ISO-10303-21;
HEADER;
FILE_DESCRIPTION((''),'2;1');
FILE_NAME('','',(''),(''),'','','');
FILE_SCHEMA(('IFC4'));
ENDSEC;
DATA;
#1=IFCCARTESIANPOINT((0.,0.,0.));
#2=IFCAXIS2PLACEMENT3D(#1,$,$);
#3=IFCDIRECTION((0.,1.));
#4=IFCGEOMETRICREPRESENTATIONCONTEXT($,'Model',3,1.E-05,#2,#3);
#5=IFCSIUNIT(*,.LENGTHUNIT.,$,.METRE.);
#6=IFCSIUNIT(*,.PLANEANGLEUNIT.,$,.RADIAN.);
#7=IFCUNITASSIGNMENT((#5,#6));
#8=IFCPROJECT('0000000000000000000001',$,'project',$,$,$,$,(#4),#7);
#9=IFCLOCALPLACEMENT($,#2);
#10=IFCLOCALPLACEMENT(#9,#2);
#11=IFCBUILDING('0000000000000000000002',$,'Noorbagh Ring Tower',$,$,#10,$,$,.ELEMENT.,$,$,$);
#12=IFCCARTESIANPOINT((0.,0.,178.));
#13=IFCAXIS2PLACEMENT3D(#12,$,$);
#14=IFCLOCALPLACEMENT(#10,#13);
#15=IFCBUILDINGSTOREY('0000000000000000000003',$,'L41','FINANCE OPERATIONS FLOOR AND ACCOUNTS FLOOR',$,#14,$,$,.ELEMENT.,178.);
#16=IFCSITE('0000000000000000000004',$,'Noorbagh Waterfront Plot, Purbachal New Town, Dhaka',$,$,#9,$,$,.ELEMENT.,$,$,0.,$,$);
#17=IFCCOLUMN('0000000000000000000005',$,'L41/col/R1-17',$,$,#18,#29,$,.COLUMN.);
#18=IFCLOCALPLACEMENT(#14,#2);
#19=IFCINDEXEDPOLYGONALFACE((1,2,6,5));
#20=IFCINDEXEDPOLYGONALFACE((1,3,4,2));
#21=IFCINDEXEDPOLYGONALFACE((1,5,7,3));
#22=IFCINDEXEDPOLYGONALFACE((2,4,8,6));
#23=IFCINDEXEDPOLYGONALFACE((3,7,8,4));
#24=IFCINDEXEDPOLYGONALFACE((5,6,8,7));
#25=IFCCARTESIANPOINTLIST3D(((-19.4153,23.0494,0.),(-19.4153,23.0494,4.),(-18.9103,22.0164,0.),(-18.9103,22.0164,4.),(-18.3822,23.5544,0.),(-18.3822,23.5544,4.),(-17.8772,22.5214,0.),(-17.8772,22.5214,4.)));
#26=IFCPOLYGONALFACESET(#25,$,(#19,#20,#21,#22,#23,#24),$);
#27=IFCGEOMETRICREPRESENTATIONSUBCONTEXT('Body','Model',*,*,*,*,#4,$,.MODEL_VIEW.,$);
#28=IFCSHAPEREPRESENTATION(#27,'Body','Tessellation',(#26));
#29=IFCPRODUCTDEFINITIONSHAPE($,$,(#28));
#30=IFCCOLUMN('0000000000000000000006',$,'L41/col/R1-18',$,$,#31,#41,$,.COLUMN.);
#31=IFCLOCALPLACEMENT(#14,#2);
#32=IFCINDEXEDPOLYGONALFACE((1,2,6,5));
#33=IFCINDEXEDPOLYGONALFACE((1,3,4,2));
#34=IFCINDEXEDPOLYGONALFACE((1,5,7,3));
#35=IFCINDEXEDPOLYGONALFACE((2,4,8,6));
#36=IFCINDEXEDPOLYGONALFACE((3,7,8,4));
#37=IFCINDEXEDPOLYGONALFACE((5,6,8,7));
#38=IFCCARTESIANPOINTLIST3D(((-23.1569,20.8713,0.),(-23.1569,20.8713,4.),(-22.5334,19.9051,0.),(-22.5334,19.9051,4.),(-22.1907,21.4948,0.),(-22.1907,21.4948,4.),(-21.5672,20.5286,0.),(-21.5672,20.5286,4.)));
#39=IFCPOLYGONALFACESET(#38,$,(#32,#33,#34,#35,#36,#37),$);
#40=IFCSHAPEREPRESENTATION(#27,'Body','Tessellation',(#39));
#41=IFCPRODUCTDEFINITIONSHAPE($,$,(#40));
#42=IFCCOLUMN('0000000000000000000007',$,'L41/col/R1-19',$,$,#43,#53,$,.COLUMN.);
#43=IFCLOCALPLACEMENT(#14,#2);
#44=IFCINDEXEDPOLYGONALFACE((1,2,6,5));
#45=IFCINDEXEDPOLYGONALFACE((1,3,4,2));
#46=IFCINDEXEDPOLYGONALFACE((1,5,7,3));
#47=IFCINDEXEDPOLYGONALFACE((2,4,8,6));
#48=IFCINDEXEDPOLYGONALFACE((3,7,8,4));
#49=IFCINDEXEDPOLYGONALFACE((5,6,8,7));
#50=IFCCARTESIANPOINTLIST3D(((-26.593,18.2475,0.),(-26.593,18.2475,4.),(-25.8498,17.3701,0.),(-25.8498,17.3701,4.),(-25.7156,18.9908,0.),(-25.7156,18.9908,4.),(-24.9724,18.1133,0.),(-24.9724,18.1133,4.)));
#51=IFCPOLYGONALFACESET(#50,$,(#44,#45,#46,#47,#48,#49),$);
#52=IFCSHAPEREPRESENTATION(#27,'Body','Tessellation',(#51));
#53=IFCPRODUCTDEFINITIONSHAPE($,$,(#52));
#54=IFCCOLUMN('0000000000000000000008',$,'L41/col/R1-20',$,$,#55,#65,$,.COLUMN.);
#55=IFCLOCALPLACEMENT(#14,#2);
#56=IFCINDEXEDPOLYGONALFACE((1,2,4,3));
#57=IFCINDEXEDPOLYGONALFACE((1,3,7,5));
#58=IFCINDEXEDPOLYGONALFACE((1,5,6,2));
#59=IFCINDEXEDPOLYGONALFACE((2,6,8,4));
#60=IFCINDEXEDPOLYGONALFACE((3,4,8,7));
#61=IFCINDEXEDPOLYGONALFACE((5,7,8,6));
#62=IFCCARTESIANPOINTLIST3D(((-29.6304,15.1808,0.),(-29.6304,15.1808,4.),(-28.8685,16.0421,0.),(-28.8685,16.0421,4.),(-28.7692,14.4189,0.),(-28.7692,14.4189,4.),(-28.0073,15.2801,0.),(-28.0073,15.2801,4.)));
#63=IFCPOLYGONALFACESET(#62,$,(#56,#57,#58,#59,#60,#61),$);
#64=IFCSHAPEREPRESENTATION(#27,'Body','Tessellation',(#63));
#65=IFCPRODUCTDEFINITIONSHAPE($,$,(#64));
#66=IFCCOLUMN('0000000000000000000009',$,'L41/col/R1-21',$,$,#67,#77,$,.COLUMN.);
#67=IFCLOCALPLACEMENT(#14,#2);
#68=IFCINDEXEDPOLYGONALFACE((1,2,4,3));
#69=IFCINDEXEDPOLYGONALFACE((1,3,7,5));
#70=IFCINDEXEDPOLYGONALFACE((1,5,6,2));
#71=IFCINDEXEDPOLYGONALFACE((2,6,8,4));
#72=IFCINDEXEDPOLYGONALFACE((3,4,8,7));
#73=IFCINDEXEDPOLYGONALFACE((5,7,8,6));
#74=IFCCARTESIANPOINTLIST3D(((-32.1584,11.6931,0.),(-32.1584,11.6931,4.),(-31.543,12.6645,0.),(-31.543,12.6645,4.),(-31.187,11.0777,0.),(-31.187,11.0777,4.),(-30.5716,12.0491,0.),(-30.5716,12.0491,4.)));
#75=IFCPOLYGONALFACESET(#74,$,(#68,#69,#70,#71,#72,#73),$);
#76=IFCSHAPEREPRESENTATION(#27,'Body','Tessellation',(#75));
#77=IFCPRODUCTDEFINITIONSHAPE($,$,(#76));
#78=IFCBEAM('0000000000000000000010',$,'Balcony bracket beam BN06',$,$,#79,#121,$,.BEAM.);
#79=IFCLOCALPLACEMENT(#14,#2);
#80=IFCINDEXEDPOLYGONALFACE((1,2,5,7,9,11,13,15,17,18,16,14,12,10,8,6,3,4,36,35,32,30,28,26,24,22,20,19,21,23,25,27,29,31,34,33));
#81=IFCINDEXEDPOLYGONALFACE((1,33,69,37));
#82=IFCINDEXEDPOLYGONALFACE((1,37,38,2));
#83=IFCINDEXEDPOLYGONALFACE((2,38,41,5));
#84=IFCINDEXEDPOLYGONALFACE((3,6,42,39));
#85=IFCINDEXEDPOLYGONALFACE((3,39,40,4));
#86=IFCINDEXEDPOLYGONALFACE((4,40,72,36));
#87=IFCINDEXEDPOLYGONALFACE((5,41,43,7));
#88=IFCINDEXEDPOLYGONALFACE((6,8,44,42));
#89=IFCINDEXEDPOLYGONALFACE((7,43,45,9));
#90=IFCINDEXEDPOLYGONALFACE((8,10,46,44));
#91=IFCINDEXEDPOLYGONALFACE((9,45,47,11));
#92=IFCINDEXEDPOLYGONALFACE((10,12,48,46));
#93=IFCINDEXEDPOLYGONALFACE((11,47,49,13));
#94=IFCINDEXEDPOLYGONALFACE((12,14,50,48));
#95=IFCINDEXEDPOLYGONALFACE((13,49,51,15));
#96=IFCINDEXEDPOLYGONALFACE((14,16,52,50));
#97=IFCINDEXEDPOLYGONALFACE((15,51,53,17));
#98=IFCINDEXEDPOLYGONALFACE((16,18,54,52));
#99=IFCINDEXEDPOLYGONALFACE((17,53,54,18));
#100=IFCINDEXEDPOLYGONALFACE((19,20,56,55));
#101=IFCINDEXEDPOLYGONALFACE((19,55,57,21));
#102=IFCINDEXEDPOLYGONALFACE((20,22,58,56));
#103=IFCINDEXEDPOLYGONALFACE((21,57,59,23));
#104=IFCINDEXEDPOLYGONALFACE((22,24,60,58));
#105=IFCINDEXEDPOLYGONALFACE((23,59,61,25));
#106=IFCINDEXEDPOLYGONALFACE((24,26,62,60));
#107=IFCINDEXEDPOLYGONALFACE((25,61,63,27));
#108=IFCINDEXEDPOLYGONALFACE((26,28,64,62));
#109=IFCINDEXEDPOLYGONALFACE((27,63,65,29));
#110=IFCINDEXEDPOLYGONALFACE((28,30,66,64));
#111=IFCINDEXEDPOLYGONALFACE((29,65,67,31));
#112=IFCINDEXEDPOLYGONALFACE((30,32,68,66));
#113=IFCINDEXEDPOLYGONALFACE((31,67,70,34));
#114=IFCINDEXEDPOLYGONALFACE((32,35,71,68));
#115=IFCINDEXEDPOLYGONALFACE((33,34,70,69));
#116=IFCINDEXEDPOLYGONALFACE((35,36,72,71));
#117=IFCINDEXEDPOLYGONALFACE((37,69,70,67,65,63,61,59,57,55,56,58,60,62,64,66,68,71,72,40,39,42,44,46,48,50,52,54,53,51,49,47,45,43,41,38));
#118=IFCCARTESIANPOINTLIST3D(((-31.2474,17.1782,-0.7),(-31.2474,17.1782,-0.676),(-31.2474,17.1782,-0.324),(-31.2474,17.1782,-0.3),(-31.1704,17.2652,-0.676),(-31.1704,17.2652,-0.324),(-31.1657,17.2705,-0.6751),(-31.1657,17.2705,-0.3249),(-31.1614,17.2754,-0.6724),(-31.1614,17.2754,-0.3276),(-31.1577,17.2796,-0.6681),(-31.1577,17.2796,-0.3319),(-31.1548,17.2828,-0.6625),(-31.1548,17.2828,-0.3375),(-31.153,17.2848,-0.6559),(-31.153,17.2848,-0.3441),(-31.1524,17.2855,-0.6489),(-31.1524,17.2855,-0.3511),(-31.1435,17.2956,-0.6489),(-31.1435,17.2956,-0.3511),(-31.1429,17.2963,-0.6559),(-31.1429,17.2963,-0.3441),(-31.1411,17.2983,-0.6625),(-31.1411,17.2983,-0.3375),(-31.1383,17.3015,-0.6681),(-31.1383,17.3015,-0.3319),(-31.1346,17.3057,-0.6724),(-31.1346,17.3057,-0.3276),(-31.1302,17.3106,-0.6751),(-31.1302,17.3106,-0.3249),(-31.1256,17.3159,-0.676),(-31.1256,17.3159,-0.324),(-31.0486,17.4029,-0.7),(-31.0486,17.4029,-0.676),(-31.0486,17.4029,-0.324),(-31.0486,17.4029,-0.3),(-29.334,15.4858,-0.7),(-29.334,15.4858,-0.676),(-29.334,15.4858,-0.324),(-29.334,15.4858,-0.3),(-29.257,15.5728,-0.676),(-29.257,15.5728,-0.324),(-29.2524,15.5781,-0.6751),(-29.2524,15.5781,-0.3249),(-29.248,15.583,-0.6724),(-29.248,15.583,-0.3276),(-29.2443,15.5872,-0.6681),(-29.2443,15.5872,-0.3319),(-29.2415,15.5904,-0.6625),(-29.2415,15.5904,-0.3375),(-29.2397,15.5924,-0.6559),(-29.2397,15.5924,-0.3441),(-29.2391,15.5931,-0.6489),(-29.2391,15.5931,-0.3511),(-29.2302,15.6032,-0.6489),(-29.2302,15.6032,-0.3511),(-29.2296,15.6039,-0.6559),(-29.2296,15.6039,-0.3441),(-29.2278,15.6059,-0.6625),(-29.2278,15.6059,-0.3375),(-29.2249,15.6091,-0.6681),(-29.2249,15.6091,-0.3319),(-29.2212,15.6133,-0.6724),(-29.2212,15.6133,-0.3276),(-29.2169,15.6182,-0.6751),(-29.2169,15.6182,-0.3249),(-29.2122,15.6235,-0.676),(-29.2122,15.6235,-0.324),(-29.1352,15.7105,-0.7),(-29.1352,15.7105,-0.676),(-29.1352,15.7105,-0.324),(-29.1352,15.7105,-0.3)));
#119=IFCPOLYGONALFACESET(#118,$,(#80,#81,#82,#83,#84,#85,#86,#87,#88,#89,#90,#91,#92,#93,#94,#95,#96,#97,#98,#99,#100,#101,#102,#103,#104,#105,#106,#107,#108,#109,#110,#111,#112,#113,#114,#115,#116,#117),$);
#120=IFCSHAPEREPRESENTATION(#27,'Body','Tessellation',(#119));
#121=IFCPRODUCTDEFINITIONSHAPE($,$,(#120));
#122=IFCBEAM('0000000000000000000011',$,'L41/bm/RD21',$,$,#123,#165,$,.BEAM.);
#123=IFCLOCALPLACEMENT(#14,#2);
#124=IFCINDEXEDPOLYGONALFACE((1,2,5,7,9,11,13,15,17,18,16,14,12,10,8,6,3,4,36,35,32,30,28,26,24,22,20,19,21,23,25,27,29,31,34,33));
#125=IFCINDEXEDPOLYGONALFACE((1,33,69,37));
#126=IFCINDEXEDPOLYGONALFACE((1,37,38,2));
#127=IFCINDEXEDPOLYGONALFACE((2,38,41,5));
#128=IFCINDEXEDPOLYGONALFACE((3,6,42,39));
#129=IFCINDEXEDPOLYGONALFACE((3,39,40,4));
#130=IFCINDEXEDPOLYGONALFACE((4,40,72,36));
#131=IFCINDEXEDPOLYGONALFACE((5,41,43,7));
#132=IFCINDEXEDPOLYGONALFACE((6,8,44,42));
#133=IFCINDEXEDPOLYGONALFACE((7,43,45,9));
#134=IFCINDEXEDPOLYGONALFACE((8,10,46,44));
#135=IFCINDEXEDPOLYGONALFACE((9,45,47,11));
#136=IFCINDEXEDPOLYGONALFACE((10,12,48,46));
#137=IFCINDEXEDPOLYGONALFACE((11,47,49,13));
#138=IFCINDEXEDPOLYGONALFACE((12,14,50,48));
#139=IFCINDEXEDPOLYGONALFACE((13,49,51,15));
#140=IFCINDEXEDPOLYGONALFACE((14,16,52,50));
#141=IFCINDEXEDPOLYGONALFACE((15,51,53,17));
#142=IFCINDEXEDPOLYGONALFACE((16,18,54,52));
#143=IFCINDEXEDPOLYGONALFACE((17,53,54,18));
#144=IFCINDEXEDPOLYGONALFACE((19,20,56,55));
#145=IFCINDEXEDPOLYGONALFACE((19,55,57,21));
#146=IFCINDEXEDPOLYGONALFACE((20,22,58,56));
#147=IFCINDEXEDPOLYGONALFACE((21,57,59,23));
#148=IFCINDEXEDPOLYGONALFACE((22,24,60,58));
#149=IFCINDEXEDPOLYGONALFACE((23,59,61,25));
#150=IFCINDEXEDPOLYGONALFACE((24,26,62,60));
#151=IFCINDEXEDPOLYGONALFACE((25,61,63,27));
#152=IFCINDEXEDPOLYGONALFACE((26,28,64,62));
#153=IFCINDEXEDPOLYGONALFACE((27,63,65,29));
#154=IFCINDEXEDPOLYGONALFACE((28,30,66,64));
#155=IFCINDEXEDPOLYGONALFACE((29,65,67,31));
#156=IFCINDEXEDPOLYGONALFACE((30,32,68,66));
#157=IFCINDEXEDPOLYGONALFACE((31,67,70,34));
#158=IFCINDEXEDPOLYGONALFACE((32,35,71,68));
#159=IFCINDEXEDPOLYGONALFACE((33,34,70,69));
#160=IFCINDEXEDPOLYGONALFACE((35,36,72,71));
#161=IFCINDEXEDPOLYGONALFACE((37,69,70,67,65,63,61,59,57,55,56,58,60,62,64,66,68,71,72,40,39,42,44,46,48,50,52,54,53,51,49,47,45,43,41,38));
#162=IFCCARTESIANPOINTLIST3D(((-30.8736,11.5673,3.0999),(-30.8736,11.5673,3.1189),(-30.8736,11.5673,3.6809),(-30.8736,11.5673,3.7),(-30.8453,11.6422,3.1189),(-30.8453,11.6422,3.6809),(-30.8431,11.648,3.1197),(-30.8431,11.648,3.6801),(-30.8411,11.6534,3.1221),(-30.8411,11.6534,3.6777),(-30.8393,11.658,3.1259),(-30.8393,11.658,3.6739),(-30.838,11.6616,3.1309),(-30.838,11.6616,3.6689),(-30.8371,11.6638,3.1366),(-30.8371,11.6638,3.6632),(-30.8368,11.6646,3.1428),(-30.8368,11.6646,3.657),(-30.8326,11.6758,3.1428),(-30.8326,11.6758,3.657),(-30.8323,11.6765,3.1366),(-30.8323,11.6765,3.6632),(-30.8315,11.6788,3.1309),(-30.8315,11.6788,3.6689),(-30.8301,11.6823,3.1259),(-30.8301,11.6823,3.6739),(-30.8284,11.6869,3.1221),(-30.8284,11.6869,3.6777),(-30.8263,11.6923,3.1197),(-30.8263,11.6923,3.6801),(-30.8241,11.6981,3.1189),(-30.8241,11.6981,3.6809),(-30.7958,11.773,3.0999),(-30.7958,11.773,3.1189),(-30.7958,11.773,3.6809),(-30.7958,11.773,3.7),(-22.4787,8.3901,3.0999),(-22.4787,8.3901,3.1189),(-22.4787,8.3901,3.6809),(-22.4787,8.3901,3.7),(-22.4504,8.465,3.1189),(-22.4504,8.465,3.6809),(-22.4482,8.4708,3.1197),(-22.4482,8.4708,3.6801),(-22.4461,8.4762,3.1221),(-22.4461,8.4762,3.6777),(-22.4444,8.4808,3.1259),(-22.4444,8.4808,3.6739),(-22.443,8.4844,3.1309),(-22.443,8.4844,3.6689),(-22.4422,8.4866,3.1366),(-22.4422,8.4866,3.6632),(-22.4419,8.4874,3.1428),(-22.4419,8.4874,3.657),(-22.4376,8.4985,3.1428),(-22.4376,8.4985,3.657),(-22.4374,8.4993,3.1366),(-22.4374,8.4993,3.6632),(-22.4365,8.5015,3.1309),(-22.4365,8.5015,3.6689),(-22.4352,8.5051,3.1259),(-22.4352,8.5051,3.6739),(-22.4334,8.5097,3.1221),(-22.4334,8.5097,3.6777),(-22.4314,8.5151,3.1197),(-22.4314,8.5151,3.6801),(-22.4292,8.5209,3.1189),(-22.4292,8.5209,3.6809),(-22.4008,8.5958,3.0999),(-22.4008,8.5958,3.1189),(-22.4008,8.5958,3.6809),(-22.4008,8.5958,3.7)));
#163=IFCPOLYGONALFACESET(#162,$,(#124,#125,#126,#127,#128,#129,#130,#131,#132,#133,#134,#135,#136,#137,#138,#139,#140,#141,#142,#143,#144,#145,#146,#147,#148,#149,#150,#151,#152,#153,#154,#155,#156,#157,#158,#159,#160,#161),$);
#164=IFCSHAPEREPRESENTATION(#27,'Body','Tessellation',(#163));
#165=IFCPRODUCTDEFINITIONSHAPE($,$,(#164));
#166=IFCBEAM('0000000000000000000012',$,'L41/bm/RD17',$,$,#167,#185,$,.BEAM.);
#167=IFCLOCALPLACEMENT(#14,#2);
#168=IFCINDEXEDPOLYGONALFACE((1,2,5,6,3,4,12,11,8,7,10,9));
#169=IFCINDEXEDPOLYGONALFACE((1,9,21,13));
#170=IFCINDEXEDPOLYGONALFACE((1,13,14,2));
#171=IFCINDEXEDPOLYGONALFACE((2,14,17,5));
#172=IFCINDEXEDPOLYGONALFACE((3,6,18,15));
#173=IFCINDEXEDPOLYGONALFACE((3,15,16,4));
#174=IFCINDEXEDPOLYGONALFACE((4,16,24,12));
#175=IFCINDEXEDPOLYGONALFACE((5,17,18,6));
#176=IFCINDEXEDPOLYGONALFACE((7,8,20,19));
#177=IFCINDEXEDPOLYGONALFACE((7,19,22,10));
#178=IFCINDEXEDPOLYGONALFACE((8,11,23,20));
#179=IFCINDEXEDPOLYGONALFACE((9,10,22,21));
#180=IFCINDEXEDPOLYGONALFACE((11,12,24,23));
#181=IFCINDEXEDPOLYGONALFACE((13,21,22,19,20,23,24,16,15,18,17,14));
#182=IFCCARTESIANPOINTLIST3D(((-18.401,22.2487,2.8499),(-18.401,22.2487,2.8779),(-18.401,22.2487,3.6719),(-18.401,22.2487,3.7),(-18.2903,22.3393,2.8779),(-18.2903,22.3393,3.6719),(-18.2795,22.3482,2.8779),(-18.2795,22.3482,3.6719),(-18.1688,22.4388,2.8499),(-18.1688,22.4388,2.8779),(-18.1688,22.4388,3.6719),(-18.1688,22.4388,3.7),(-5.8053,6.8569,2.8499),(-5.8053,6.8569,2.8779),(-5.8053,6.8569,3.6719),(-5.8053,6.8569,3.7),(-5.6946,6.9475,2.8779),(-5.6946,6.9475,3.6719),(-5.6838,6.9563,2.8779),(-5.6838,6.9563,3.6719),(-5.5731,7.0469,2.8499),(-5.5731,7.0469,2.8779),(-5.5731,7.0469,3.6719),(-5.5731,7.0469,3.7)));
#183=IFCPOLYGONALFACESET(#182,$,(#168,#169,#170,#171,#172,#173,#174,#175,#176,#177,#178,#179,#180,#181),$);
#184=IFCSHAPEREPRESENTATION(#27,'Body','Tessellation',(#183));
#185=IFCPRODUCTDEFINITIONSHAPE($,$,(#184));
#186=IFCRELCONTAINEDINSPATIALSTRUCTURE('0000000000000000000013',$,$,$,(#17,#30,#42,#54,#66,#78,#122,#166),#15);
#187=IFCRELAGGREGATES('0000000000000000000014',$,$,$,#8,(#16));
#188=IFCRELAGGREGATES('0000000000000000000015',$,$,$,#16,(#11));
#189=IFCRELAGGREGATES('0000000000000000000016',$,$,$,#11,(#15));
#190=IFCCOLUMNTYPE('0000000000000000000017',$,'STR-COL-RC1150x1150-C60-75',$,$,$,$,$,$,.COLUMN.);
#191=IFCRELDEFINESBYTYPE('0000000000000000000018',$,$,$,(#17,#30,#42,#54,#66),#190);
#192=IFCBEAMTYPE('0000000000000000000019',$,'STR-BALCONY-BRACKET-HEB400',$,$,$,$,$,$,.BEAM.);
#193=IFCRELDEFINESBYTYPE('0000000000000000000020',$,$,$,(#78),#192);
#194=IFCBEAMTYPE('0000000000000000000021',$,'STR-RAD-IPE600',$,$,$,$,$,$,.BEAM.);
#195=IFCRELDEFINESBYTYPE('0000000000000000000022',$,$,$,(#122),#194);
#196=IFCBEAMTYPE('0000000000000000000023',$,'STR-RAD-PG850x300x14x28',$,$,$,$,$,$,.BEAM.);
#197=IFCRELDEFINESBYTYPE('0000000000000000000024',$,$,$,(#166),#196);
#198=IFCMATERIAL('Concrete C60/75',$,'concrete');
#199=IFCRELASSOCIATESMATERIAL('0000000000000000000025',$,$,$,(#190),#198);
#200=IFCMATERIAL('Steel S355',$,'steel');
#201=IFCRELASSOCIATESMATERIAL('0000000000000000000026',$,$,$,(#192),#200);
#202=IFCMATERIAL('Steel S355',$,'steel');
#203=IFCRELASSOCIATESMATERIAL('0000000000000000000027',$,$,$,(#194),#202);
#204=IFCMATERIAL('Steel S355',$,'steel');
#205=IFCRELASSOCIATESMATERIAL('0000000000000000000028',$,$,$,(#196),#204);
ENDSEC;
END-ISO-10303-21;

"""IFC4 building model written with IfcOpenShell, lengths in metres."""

from ifc_helpers import new_model, si_unit, direction, frame, origin, origin_2d, place, context, subcontext, project, spatial, rectangle, i_section, extrude, material, material_profile, profile_set, type_object, element, save


model = new_model("IFC4")

# Units and contexts
model_context = context("Model", 3, precision=1e-05, world=origin(), true_north=direction((0.0, 1.0)))
body_context = subcontext(model_context, "Body", "Model", "MODEL_VIEW")
ifc_project = project(units=[si_unit("LENGTHUNIT", "METRE"), si_unit("PLANEANGLEUNIT", "RADIAN")], contexts=[model_context])

# Site, building, storey
site_placement = place(None, origin())
site = spatial("IfcSite", under=ifc_project, at=site_placement, Name="Noorbagh Waterfront Plot, Purbachal New Town, Dhaka", CompositionType="ELEMENT", RefElevation=0.0)
building_placement = place(site_placement, origin())
building = spatial("IfcBuilding", under=site, at=building_placement, Name="Noorbagh Ring Tower", CompositionType="ELEMENT")
storey_placement = place(building_placement, frame((0.0, 0.0, 178.0)))
storey = spatial("IfcBuildingStorey", under=building, at=storey_placement, Name="L41", Description="FINANCE OPERATIONS FLOOR AND ACCOUNTS FLOOR", CompositionType="ELEMENT", Elevation=178.0)

# Columns
ifc_material_1 = material(Name="Concrete C60/75", Category="concrete")
ifc_material_profile_1 = material_profile(ifc_material_1, rectangle(XDim=1.1499, YDim=1.1499, at=origin_2d()), Name="RC1150x1150")
ifc_profile_set_1 = profile_set([ifc_material_profile_1], Name="Concrete C60/75")
column_type = type_object("IfcColumnType", Name="STR-COL-RC1150x1150-C60-75", PredefinedType="COLUMN", material=ifc_profile_set_1)
for number, where, z_axis, x_axis, name in (
    (1, (-18.6462, 22.7854, 0.0), (0.0, 0.0, 1.0), (-0.898399, -0.43918, 0.0), "L41/col/R1-17"),
    (2, (-22.3621, 20.7, 0.0), (0.0, 0.0, 1.0), (-0.840248, -0.542203, 0.0), "L41/col/R1-18"),
    (3, (-25.7827, 18.1804, 0.0), (0.0, 0.0, 1.0), (-0.763035, -0.646357, 0.0), "L41/col/R1-19"),
    (4, (-28.8188, 15.2305, 0.0), (0.0, 0.0, 1.0), (-0.662636, -0.748942, 0.0), "L41/col/R1-20"),
    (5, (-31.365, 11.8711, 0.0), (0.0, 0.0, 1.0), (-0.53519, -0.844731, 0.0), "L41/col/R1-21"),
):
    element("IfcColumn", number, at=place(storey_placement, frame(where, z_axis=z_axis, x_axis=x_axis)), inside=storey, type_object=column_type, Name=name, PredefinedType="COLUMN", context=body_context, shape_type="SweptSolid", body=[
        extrude(rectangle(XDim=1.1499, YDim=1.1499, at=origin_2d()), origin(), (0.0, 0.0, 1.0), 4.0),
    ])

# Beams
ifc_material_2 = material(Name="Steel S355", Category="steel")
ifc_material_profile_2 = material_profile(ifc_material_2, i_section(OverallWidth=0.3, OverallDepth=0.3999, WebThickness=0.0134, FlangeThickness=0.0239, FilletRadius=0.0271, at=origin_2d()), Name="HEB400")
ifc_profile_set_2 = profile_set([ifc_material_profile_2], Name="Steel S355")
beam_type_1 = type_object("IfcBeamType", Name="STR-BALCONY-BRACKET-HEB400", PredefinedType="BEAM", material=ifc_profile_set_2)
beam_1_placement = place(storey_placement, frame((-29.2346, 15.5981, -0.5), z_axis=(-0.749031, 0.662535, 0.0), x_axis=(-0.662535, -0.749031, 0.0)))
element("IfcBeam", 6, at=beam_1_placement, inside=storey, type_object=beam_type_1, Name="Balcony bracket beam BN06", PredefinedType="BEAM", context=body_context, shape_type="SweptSolid", body=[
    extrude(i_section(OverallWidth=0.3, OverallDepth=0.3999, WebThickness=0.0134, FlangeThickness=0.0239, FilletRadius=0.0271, at=origin_2d()), origin(), (0.0, 0.0, 1.0), 2.5544),
])
ifc_material_3 = material(Name="Steel S355", Category="steel")
ifc_material_profile_3 = material_profile(ifc_material_3, i_section(OverallWidth=0.22, OverallDepth=0.6001, WebThickness=0.012, FlangeThickness=0.019, FilletRadius=0.0239, at=origin_2d()), Name="IPE600")
ifc_profile_set_3 = profile_set([ifc_material_profile_3], Name="Steel S355")
beam_type_2 = type_object("IfcBeamType", Name="STR-RAD-IPE600", PredefinedType="BEAM", material=ifc_profile_set_3)
beam_2_placement = place(storey_placement, frame((-30.8347, 11.6702, 3.3999), z_axis=(0.935259, -0.353965, 0.0), x_axis=(0.353965, 0.935259, 0.0)))
element("IfcBeam", 7, at=beam_2_placement, inside=storey, type_object=beam_type_2, Name="L41/bm/RD21", PredefinedType="BEAM", context=body_context, shape_type="SweptSolid", body=[
    extrude(i_section(OverallWidth=0.22, OverallDepth=0.6001, WebThickness=0.012, FlangeThickness=0.019, FilletRadius=0.0239, at=origin_2d()), origin(), (0.0, 0.0, 1.0), 8.9761),
])
ifc_material_4 = material(Name="Steel S355", Category="steel")
ifc_material_profile_4 = material_profile(ifc_material_4, i_section(OverallWidth=0.3, OverallDepth=0.8501, WebThickness=0.0139, FlangeThickness=0.0281, at=origin_2d()), Name="PG850x300x14x28")
ifc_profile_set_4 = profile_set([ifc_material_profile_4], Name="Steel S355")
beam_type_3 = type_object("IfcBeamType", Name="STR-RAD-PG850x300x14x28", PredefinedType="BEAM", material=ifc_profile_set_4)
beam_3_placement = place(storey_placement, frame((-18.2849, 22.3438, 3.2749), z_axis=(0.633309, -0.773899, 0.0), x_axis=(0.773899, 0.633309, 0.0)))
element("IfcBeam", 8, at=beam_3_placement, inside=storey, type_object=beam_type_3, Name="L41/bm/RD17", PredefinedType="BEAM", context=body_context, shape_type="SweptSolid", body=[
    extrude(i_section(OverallWidth=0.3, OverallDepth=0.8501, WebThickness=0.0139, FlangeThickness=0.0281, at=origin_2d()), origin(), (0.0, 0.0, 1.0), 19.8887),
])

save(model, "model.ifc")
